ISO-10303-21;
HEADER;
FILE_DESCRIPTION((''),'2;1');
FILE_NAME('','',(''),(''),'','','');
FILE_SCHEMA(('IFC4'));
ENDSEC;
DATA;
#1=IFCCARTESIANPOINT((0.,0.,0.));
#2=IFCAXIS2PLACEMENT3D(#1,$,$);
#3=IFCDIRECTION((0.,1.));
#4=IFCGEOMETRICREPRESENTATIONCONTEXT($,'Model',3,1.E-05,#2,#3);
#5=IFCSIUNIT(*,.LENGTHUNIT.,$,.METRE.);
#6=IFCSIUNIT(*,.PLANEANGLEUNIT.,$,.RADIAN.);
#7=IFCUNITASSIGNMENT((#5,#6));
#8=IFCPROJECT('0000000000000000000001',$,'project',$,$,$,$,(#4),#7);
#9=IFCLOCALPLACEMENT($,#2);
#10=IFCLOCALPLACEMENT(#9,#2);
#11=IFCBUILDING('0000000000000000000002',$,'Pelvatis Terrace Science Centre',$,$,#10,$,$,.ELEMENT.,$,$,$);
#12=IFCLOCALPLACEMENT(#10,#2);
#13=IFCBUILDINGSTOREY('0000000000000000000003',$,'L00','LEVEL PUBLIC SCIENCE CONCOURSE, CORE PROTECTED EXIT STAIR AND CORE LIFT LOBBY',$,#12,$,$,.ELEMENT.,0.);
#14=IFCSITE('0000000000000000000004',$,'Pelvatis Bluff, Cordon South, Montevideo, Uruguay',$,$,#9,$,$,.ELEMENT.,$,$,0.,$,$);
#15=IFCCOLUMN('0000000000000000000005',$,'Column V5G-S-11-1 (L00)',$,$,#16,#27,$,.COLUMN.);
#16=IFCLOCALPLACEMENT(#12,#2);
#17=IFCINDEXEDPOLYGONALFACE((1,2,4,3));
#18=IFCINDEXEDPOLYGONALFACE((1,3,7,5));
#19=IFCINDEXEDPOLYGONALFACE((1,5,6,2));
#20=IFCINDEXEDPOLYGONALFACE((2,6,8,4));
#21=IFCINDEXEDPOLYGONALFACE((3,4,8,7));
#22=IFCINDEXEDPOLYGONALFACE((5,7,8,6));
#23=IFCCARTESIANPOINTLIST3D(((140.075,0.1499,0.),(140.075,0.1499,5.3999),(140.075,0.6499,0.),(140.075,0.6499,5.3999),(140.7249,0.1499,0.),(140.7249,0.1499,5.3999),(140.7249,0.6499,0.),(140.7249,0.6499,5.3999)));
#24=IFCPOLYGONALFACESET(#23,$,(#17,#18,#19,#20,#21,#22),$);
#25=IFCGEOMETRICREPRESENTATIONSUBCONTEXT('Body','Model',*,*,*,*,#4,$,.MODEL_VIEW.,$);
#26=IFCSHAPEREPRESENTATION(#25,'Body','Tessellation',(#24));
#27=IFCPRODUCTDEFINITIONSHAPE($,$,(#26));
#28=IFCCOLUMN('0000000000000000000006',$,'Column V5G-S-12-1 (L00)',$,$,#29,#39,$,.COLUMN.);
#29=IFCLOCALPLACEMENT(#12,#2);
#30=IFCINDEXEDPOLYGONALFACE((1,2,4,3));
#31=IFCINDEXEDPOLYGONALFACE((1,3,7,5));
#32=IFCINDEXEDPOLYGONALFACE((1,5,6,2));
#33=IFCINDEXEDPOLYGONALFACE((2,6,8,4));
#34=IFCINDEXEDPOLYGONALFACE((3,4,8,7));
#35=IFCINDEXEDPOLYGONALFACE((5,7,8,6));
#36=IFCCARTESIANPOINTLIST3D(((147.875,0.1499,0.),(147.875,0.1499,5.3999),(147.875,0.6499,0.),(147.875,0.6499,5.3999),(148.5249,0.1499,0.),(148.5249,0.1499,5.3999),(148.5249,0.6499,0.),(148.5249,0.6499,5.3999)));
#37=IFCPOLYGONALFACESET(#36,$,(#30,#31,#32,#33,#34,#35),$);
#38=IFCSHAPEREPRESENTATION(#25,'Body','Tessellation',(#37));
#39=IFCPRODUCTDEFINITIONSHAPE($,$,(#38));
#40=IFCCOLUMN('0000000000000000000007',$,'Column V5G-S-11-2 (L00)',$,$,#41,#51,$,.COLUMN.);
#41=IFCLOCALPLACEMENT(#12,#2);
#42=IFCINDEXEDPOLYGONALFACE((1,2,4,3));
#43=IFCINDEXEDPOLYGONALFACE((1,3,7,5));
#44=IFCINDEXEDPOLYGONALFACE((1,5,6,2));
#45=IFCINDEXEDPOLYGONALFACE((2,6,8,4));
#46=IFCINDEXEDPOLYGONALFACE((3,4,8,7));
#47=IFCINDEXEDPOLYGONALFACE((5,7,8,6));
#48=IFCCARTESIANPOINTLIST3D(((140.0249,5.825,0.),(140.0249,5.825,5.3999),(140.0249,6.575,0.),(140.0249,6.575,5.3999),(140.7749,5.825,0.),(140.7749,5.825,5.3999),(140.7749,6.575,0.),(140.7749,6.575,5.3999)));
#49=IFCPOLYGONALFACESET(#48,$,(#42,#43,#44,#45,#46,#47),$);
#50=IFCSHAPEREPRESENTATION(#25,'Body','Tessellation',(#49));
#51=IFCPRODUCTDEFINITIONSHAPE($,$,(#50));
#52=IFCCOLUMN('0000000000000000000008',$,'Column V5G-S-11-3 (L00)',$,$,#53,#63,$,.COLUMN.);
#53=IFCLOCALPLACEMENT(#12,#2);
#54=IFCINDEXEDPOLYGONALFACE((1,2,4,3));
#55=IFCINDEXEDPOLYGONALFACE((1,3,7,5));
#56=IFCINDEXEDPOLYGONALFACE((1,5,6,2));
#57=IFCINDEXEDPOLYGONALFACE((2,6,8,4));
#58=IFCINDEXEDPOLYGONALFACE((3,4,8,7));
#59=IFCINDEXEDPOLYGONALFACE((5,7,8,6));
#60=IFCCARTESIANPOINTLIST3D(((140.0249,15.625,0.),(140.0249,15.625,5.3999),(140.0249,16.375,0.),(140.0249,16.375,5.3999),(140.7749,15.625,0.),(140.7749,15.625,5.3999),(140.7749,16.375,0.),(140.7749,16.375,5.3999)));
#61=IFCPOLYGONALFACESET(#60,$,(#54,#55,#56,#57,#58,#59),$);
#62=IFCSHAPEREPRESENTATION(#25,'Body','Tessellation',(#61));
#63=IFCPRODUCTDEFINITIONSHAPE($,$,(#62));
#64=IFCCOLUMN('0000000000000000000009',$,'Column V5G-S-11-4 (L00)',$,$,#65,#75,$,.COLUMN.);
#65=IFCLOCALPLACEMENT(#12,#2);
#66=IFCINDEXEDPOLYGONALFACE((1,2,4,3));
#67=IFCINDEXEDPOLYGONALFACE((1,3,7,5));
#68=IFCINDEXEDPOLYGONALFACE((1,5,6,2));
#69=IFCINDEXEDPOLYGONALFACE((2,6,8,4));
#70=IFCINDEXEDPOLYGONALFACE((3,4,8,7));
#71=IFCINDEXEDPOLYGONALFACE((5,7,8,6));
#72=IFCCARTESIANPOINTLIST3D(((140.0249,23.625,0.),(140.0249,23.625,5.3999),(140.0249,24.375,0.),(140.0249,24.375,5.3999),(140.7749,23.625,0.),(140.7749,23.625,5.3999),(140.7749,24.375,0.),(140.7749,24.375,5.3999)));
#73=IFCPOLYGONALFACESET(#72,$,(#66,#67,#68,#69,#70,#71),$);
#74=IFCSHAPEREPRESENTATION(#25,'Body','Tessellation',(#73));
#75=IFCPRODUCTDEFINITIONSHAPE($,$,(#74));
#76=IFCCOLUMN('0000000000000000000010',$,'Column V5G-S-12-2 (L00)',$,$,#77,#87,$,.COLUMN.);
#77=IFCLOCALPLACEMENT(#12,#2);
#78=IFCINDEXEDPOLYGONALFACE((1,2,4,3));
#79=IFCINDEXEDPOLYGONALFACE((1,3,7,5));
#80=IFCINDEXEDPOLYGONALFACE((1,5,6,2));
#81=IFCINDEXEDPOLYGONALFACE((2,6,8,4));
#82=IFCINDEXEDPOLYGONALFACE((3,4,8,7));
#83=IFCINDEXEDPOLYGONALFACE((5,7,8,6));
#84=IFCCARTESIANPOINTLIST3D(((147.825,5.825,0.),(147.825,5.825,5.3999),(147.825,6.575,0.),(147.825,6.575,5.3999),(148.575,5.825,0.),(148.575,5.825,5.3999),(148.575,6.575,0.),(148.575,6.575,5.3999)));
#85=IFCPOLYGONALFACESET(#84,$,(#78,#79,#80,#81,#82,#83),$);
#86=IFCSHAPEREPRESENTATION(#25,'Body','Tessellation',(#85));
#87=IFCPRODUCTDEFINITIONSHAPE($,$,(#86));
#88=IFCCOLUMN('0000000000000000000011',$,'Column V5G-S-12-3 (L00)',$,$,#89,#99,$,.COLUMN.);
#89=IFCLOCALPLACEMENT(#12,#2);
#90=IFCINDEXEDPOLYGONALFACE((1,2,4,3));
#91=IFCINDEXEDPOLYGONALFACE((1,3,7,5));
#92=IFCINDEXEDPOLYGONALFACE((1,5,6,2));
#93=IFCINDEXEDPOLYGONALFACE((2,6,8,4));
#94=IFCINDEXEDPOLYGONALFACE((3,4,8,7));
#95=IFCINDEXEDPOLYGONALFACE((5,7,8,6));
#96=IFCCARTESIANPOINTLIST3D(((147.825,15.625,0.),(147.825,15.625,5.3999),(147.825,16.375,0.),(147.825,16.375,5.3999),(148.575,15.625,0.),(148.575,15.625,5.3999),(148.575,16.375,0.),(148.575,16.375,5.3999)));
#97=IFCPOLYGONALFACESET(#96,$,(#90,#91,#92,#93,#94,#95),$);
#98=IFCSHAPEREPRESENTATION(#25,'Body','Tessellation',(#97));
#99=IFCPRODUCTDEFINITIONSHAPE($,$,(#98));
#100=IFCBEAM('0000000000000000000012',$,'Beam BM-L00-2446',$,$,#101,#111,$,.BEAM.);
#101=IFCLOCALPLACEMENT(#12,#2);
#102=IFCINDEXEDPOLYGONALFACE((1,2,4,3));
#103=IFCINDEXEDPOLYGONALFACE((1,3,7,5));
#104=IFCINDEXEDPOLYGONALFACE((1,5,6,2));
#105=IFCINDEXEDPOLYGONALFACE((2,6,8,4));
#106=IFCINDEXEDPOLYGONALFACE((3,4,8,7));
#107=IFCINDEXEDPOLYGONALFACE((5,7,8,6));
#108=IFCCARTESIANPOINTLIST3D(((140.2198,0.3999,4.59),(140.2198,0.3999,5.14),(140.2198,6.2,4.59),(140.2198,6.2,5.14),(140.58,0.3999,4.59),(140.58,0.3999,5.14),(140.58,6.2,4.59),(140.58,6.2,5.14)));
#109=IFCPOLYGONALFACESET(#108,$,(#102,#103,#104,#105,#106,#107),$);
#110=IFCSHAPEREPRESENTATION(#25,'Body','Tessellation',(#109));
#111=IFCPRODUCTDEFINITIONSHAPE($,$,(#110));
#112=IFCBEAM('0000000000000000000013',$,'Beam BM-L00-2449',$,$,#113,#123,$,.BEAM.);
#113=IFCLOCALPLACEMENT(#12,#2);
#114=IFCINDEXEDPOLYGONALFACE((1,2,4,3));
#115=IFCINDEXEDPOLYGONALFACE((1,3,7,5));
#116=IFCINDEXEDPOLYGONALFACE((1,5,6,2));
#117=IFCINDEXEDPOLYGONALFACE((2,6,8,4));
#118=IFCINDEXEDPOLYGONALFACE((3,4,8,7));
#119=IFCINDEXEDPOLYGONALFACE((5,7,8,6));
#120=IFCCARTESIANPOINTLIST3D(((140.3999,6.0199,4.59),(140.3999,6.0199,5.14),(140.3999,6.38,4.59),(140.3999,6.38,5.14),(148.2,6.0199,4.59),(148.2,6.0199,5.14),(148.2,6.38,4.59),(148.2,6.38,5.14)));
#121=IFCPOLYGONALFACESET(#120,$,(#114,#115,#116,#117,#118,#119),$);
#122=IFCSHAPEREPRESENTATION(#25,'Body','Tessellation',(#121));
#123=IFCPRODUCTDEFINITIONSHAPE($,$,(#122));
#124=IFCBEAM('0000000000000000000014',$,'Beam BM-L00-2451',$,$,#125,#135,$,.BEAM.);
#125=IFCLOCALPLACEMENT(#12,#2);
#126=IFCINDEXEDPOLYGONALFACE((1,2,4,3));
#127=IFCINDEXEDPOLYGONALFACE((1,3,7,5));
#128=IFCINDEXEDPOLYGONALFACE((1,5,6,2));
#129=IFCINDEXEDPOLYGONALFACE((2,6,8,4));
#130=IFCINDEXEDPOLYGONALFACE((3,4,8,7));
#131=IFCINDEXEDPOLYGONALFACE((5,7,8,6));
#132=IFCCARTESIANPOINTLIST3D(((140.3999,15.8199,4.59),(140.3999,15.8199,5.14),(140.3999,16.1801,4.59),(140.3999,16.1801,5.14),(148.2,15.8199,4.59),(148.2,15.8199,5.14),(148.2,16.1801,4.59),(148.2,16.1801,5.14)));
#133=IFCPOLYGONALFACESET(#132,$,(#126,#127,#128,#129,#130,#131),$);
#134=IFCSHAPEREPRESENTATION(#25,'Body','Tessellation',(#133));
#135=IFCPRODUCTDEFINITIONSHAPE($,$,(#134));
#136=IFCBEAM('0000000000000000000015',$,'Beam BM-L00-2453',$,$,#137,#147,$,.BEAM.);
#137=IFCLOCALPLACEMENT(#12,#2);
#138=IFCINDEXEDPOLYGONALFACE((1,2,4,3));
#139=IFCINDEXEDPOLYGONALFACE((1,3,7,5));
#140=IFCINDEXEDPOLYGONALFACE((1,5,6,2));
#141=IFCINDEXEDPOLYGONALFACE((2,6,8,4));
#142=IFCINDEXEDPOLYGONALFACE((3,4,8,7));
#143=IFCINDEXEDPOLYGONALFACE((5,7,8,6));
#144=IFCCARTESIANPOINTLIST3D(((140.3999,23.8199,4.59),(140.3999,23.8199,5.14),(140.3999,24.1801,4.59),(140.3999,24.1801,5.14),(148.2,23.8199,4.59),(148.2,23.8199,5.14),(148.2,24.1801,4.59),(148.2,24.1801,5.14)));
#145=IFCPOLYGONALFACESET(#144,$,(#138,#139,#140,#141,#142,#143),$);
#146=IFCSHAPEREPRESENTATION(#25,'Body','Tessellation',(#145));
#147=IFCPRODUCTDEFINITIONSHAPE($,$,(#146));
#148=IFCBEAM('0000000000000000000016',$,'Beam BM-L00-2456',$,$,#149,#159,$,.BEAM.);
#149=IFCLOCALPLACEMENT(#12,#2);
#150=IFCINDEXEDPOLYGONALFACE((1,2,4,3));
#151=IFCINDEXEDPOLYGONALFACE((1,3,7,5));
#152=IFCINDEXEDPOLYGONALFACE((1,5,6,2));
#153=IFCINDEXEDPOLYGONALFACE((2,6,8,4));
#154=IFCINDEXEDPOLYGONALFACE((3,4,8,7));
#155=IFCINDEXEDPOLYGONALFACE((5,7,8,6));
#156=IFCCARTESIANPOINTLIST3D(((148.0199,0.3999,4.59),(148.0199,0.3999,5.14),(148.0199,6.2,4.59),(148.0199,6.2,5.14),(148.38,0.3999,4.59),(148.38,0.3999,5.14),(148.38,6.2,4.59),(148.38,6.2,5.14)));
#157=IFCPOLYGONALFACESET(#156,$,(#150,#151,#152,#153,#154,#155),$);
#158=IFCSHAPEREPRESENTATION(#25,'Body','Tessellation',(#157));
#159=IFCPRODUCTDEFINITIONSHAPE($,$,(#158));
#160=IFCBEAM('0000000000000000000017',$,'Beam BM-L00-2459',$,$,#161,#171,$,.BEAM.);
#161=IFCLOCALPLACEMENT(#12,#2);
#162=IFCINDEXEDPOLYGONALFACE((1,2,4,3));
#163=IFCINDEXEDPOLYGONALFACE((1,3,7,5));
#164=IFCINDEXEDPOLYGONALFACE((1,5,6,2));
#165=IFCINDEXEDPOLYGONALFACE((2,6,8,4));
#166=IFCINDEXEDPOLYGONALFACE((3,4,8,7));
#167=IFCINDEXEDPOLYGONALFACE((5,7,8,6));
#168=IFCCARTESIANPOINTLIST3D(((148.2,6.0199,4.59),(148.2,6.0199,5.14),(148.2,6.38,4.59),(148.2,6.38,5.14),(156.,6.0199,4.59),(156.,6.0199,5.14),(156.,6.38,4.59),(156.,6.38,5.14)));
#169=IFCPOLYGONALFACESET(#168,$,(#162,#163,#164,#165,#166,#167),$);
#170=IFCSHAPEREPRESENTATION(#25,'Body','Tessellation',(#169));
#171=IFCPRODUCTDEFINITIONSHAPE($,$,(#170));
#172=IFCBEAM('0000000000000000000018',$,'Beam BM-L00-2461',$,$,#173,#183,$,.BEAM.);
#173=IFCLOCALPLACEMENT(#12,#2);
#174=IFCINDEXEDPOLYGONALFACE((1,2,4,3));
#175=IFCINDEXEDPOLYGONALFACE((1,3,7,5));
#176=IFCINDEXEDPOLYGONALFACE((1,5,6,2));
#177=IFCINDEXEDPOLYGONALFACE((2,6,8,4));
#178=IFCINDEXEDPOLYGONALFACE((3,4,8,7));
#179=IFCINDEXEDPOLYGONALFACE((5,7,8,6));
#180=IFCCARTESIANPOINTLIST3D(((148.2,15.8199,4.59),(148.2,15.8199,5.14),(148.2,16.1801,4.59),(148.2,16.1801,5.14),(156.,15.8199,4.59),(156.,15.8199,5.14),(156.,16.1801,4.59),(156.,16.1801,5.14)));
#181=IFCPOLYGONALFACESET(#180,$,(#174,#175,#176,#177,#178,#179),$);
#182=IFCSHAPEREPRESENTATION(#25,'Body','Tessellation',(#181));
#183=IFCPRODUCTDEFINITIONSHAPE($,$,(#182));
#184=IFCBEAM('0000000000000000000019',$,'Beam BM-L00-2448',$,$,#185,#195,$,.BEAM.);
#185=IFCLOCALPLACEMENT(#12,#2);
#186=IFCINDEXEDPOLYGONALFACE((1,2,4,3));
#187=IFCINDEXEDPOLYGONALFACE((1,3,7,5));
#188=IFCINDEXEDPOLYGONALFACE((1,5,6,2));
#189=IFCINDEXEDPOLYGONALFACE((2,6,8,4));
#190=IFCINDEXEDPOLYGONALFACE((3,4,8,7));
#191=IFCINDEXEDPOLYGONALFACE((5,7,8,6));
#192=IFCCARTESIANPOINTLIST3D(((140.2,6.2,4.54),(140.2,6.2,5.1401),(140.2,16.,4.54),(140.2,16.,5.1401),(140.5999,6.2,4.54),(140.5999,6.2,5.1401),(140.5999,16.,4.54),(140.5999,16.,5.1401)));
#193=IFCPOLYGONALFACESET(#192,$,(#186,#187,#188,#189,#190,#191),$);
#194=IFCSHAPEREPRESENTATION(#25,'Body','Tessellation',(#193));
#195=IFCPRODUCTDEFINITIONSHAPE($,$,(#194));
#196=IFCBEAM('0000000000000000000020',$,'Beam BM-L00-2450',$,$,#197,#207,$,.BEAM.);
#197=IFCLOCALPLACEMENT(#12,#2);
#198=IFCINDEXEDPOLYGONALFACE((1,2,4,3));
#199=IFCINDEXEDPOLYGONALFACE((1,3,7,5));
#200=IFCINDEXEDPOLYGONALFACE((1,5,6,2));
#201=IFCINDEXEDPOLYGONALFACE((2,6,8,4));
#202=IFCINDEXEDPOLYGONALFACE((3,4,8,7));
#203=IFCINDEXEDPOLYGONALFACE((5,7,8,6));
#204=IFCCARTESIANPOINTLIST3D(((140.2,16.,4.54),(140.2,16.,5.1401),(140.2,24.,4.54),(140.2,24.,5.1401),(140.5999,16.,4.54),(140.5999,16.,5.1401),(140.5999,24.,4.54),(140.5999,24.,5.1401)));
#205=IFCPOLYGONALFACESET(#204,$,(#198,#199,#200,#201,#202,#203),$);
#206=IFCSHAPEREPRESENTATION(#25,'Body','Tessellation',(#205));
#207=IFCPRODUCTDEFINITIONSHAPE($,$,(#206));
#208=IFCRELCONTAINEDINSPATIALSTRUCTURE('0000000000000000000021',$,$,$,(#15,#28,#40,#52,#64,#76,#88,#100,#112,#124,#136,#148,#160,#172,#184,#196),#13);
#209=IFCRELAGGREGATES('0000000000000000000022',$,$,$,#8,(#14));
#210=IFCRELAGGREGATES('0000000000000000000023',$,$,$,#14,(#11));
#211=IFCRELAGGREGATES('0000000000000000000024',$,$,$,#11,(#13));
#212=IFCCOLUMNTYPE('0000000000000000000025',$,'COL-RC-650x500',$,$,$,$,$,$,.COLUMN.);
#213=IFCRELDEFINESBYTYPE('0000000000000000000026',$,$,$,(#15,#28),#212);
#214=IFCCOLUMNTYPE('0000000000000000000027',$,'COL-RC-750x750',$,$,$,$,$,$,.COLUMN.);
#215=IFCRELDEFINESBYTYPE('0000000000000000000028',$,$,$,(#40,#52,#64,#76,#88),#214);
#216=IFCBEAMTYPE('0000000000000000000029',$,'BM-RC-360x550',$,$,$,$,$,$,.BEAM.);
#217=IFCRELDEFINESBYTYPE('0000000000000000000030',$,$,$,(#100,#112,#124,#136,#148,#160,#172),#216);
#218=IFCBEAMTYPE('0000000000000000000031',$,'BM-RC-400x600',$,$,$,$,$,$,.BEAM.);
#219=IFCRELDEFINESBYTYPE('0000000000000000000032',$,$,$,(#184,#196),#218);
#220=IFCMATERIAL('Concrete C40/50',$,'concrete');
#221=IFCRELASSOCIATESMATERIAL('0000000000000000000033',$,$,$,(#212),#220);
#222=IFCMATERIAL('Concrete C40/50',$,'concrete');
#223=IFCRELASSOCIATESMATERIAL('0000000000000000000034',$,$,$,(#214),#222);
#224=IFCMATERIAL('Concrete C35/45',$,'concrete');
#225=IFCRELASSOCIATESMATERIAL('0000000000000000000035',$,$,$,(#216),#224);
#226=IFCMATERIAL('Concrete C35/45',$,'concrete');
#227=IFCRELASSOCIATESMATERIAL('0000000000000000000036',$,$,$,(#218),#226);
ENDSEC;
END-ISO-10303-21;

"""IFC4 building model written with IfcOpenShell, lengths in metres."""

from ifc_helpers import new_model, si_unit, direction, frame, origin, origin_2d, place, context, subcontext, project, spatial, rectangle, extrude, material, material_profile, profile_set, type_object, element, save


model = new_model("IFC4")

# Units and contexts
model_context = context("Model", 3, precision=1e-05, world=origin(), true_north=direction((0.0, 1.0)))
body_context = subcontext(model_context, "Body", "Model", "MODEL_VIEW")
ifc_project = project(units=[si_unit("LENGTHUNIT", "METRE"), si_unit("PLANEANGLEUNIT", "RADIAN")], contexts=[model_context])

# Site, building, storey
site_placement = place(None, origin())
site = spatial("IfcSite", under=ifc_project, at=site_placement, Name="Pelvatis Bluff, Cordon South, Montevideo, Uruguay", CompositionType="ELEMENT", RefElevation=0.0)
building_placement = place(site_placement, origin())
building = spatial("IfcBuilding", under=site, at=building_placement, Name="Pelvatis Terrace Science Centre", CompositionType="ELEMENT")
storey_placement = place(building_placement, origin())
storey = spatial("IfcBuildingStorey", under=building, at=storey_placement, Name="L00", Description="LEVEL PUBLIC SCIENCE CONCOURSE, CORE PROTECTED EXIT STAIR AND CORE LIFT LOBBY", CompositionType="ELEMENT", Elevation=0.0)

# Columns
ifc_material_1 = material(Name="Concrete C40/50", Category="concrete")
ifc_material_profile_1 = material_profile(ifc_material_1, rectangle(XDim=0.6499, YDim=0.5, at=origin_2d()), Name="RC-COL 650x500")
ifc_profile_set_1 = profile_set([ifc_material_profile_1], Name="Concrete C40/50")
column_type_1 = type_object("IfcColumnType", Name="COL-RC-650x500", PredefinedType="COLUMN", material=ifc_profile_set_1)
for number, where, z_axis, x_axis, name in (
    (1, (140.3999, 0.3999, 0.0), (0.0, 0.0, 1.0), (1.0, 0.0, 0.0), "Column V5G-S-11-1 (L00)"),
    (2, (148.2, 0.3999, 0.0), (0.0, 0.0, 1.0), (1.0, 0.0, 0.0), "Column V5G-S-12-1 (L00)"),
):
    element("IfcColumn", number, at=place(storey_placement, frame(where, z_axis=z_axis, x_axis=x_axis)), inside=storey, type_object=column_type_1, Name=name, PredefinedType="COLUMN", context=body_context, shape_type="SweptSolid", body=[
        extrude(rectangle(XDim=0.6499, YDim=0.5, at=origin_2d()), origin(), (0.0, 0.0, 1.0), 5.3999),
    ])
ifc_material_2 = material(Name="Concrete C40/50", Category="concrete")
ifc_material_profile_2 = material_profile(ifc_material_2, rectangle(XDim=0.75, YDim=0.75, at=origin_2d()), Name="RC-COL 750x750")
ifc_profile_set_2 = profile_set([ifc_material_profile_2], Name="Concrete C40/50")
column_type_2 = type_object("IfcColumnType", Name="COL-RC-750x750", PredefinedType="COLUMN", material=ifc_profile_set_2)
for number, where, z_axis, x_axis, name in (
    (3, (140.3999, 6.2, 0.0), (0.0, 0.0, 1.0), (1.0, 0.0, 0.0), "Column V5G-S-11-2 (L00)"),
    (4, (140.3999, 16.0, 0.0), (0.0, 0.0, 1.0), (1.0, 0.0, 0.0), "Column V5G-S-11-3 (L00)"),
    (5, (140.3999, 24.0, 0.0), (0.0, 0.0, 1.0), (1.0, 0.0, 0.0), "Column V5G-S-11-4 (L00)"),
    (6, (148.2, 6.2, 0.0), (0.0, 0.0, 1.0), (1.0, 0.0, 0.0), "Column V5G-S-12-2 (L00)"),
    (7, (148.2, 16.0, 0.0), (0.0, 0.0, 1.0), (1.0, 0.0, 0.0), "Column V5G-S-12-3 (L00)"),
):
    element("IfcColumn", number, at=place(storey_placement, frame(where, z_axis=z_axis, x_axis=x_axis)), inside=storey, type_object=column_type_2, Name=name, PredefinedType="COLUMN", context=body_context, shape_type="SweptSolid", body=[
        extrude(rectangle(XDim=0.75, YDim=0.75, at=origin_2d()), origin(), (0.0, 0.0, 1.0), 5.3999),
    ])

# Beams
ifc_material_3 = material(Name="Concrete C35/45", Category="concrete")
ifc_material_profile_3 = material_profile(ifc_material_3, rectangle(XDim=0.3601, YDim=0.55, at=origin_2d()), Name="RC-BM 360x550")
ifc_profile_set_3 = profile_set([ifc_material_profile_3], Name="Concrete C35/45")
beam_type_1 = type_object("IfcBeamType", Name="BM-RC-360x550", PredefinedType="BEAM", material=ifc_profile_set_3)
beam_1_placement = place(storey_placement, frame((140.3999, 0.3999, 4.865), z_axis=(0.0, 1.0, 0.0), x_axis=(-1.0, 0.0, 0.0)))
element("IfcBeam", 8, at=beam_1_placement, inside=storey, type_object=beam_type_1, Name="Beam BM-L00-2446", PredefinedType="BEAM", context=body_context, shape_type="SweptSolid", body=[
    extrude(rectangle(XDim=0.3601, YDim=0.55, at=origin_2d()), origin(), (0.0, 0.0, 1.0), 5.8),
])
for number, where, z_axis, x_axis, name in (
    (9, (140.3999, 6.2, 4.865), (1.0, 0.0, 0.0), (0.0, 1.0, 0.0), "Beam BM-L00-2449"),
    (10, (140.3999, 16.0, 4.865), (1.0, 0.0, 0.0), (0.0, 1.0, 0.0), "Beam BM-L00-2451"),
    (11, (140.3999, 24.0, 4.865), (1.0, 0.0, 0.0), (0.0, 1.0, 0.0), "Beam BM-L00-2453"),
):
    element("IfcBeam", number, at=place(storey_placement, frame(where, z_axis=z_axis, x_axis=x_axis)), inside=storey, type_object=beam_type_1, Name=name, PredefinedType="BEAM", context=body_context, shape_type="SweptSolid", body=[
        extrude(rectangle(XDim=0.3601, YDim=0.55, at=origin_2d()), origin(), (0.0, 0.0, 1.0), 7.8),
    ])
beam_2_placement = place(storey_placement, frame((148.2, 0.3999, 4.865), z_axis=(0.0, 1.0, 0.0), x_axis=(-1.0, 0.0, 0.0)))
element("IfcBeam", 12, at=beam_2_placement, inside=storey, type_object=beam_type_1, Name="Beam BM-L00-2456", PredefinedType="BEAM", context=body_context, shape_type="SweptSolid", body=[
    extrude(rectangle(XDim=0.3601, YDim=0.55, at=origin_2d()), origin(), (0.0, 0.0, 1.0), 5.8),
])
for number, where, z_axis, x_axis, name in (
    (13, (148.2, 6.2, 4.865), (1.0, 0.0, 0.0), (0.0, 1.0, 0.0), "Beam BM-L00-2459"),
    (14, (148.2, 16.0, 4.865), (1.0, 0.0, 0.0), (0.0, 1.0, 0.0), "Beam BM-L00-2461"),
):
    element("IfcBeam", number, at=place(storey_placement, frame(where, z_axis=z_axis, x_axis=x_axis)), inside=storey, type_object=beam_type_1, Name=name, PredefinedType="BEAM", context=body_context, shape_type="SweptSolid", body=[
        extrude(rectangle(XDim=0.3601, YDim=0.55, at=origin_2d()), origin(), (0.0, 0.0, 1.0), 7.8),
    ])
ifc_material_4 = material(Name="Concrete C35/45", Category="concrete")
ifc_material_profile_4 = material_profile(ifc_material_4, rectangle(XDim=0.3999, YDim=0.6001, at=origin_2d()), Name="RC-BM 400x600")
ifc_profile_set_4 = profile_set([ifc_material_profile_4], Name="Concrete C35/45")
beam_type_2 = type_object("IfcBeamType", Name="BM-RC-400x600", PredefinedType="BEAM", material=ifc_profile_set_4)
beam_3_placement = place(storey_placement, frame((140.3999, 6.2, 4.8401), z_axis=(0.0, 1.0, 0.0), x_axis=(-1.0, 0.0, 0.0)))
element("IfcBeam", 15, at=beam_3_placement, inside=storey, type_object=beam_type_2, Name="Beam BM-L00-2448", PredefinedType="BEAM", context=body_context, shape_type="SweptSolid", body=[
    extrude(rectangle(XDim=0.3999, YDim=0.6001, at=origin_2d()), origin(), (0.0, 0.0, 1.0), 9.8),
])
beam_4_placement = place(storey_placement, frame((140.3999, 16.0, 4.8401), z_axis=(0.0, 1.0, 0.0), x_axis=(-1.0, 0.0, 0.0)))
element("IfcBeam", 16, at=beam_4_placement, inside=storey, type_object=beam_type_2, Name="Beam BM-L00-2450", PredefinedType="BEAM", context=body_context, shape_type="SweptSolid", body=[
    extrude(rectangle(XDim=0.3999, YDim=0.6001, at=origin_2d()), origin(), (0.0, 0.0, 1.0), 8.0),
])

save(model, "model.ifc")
